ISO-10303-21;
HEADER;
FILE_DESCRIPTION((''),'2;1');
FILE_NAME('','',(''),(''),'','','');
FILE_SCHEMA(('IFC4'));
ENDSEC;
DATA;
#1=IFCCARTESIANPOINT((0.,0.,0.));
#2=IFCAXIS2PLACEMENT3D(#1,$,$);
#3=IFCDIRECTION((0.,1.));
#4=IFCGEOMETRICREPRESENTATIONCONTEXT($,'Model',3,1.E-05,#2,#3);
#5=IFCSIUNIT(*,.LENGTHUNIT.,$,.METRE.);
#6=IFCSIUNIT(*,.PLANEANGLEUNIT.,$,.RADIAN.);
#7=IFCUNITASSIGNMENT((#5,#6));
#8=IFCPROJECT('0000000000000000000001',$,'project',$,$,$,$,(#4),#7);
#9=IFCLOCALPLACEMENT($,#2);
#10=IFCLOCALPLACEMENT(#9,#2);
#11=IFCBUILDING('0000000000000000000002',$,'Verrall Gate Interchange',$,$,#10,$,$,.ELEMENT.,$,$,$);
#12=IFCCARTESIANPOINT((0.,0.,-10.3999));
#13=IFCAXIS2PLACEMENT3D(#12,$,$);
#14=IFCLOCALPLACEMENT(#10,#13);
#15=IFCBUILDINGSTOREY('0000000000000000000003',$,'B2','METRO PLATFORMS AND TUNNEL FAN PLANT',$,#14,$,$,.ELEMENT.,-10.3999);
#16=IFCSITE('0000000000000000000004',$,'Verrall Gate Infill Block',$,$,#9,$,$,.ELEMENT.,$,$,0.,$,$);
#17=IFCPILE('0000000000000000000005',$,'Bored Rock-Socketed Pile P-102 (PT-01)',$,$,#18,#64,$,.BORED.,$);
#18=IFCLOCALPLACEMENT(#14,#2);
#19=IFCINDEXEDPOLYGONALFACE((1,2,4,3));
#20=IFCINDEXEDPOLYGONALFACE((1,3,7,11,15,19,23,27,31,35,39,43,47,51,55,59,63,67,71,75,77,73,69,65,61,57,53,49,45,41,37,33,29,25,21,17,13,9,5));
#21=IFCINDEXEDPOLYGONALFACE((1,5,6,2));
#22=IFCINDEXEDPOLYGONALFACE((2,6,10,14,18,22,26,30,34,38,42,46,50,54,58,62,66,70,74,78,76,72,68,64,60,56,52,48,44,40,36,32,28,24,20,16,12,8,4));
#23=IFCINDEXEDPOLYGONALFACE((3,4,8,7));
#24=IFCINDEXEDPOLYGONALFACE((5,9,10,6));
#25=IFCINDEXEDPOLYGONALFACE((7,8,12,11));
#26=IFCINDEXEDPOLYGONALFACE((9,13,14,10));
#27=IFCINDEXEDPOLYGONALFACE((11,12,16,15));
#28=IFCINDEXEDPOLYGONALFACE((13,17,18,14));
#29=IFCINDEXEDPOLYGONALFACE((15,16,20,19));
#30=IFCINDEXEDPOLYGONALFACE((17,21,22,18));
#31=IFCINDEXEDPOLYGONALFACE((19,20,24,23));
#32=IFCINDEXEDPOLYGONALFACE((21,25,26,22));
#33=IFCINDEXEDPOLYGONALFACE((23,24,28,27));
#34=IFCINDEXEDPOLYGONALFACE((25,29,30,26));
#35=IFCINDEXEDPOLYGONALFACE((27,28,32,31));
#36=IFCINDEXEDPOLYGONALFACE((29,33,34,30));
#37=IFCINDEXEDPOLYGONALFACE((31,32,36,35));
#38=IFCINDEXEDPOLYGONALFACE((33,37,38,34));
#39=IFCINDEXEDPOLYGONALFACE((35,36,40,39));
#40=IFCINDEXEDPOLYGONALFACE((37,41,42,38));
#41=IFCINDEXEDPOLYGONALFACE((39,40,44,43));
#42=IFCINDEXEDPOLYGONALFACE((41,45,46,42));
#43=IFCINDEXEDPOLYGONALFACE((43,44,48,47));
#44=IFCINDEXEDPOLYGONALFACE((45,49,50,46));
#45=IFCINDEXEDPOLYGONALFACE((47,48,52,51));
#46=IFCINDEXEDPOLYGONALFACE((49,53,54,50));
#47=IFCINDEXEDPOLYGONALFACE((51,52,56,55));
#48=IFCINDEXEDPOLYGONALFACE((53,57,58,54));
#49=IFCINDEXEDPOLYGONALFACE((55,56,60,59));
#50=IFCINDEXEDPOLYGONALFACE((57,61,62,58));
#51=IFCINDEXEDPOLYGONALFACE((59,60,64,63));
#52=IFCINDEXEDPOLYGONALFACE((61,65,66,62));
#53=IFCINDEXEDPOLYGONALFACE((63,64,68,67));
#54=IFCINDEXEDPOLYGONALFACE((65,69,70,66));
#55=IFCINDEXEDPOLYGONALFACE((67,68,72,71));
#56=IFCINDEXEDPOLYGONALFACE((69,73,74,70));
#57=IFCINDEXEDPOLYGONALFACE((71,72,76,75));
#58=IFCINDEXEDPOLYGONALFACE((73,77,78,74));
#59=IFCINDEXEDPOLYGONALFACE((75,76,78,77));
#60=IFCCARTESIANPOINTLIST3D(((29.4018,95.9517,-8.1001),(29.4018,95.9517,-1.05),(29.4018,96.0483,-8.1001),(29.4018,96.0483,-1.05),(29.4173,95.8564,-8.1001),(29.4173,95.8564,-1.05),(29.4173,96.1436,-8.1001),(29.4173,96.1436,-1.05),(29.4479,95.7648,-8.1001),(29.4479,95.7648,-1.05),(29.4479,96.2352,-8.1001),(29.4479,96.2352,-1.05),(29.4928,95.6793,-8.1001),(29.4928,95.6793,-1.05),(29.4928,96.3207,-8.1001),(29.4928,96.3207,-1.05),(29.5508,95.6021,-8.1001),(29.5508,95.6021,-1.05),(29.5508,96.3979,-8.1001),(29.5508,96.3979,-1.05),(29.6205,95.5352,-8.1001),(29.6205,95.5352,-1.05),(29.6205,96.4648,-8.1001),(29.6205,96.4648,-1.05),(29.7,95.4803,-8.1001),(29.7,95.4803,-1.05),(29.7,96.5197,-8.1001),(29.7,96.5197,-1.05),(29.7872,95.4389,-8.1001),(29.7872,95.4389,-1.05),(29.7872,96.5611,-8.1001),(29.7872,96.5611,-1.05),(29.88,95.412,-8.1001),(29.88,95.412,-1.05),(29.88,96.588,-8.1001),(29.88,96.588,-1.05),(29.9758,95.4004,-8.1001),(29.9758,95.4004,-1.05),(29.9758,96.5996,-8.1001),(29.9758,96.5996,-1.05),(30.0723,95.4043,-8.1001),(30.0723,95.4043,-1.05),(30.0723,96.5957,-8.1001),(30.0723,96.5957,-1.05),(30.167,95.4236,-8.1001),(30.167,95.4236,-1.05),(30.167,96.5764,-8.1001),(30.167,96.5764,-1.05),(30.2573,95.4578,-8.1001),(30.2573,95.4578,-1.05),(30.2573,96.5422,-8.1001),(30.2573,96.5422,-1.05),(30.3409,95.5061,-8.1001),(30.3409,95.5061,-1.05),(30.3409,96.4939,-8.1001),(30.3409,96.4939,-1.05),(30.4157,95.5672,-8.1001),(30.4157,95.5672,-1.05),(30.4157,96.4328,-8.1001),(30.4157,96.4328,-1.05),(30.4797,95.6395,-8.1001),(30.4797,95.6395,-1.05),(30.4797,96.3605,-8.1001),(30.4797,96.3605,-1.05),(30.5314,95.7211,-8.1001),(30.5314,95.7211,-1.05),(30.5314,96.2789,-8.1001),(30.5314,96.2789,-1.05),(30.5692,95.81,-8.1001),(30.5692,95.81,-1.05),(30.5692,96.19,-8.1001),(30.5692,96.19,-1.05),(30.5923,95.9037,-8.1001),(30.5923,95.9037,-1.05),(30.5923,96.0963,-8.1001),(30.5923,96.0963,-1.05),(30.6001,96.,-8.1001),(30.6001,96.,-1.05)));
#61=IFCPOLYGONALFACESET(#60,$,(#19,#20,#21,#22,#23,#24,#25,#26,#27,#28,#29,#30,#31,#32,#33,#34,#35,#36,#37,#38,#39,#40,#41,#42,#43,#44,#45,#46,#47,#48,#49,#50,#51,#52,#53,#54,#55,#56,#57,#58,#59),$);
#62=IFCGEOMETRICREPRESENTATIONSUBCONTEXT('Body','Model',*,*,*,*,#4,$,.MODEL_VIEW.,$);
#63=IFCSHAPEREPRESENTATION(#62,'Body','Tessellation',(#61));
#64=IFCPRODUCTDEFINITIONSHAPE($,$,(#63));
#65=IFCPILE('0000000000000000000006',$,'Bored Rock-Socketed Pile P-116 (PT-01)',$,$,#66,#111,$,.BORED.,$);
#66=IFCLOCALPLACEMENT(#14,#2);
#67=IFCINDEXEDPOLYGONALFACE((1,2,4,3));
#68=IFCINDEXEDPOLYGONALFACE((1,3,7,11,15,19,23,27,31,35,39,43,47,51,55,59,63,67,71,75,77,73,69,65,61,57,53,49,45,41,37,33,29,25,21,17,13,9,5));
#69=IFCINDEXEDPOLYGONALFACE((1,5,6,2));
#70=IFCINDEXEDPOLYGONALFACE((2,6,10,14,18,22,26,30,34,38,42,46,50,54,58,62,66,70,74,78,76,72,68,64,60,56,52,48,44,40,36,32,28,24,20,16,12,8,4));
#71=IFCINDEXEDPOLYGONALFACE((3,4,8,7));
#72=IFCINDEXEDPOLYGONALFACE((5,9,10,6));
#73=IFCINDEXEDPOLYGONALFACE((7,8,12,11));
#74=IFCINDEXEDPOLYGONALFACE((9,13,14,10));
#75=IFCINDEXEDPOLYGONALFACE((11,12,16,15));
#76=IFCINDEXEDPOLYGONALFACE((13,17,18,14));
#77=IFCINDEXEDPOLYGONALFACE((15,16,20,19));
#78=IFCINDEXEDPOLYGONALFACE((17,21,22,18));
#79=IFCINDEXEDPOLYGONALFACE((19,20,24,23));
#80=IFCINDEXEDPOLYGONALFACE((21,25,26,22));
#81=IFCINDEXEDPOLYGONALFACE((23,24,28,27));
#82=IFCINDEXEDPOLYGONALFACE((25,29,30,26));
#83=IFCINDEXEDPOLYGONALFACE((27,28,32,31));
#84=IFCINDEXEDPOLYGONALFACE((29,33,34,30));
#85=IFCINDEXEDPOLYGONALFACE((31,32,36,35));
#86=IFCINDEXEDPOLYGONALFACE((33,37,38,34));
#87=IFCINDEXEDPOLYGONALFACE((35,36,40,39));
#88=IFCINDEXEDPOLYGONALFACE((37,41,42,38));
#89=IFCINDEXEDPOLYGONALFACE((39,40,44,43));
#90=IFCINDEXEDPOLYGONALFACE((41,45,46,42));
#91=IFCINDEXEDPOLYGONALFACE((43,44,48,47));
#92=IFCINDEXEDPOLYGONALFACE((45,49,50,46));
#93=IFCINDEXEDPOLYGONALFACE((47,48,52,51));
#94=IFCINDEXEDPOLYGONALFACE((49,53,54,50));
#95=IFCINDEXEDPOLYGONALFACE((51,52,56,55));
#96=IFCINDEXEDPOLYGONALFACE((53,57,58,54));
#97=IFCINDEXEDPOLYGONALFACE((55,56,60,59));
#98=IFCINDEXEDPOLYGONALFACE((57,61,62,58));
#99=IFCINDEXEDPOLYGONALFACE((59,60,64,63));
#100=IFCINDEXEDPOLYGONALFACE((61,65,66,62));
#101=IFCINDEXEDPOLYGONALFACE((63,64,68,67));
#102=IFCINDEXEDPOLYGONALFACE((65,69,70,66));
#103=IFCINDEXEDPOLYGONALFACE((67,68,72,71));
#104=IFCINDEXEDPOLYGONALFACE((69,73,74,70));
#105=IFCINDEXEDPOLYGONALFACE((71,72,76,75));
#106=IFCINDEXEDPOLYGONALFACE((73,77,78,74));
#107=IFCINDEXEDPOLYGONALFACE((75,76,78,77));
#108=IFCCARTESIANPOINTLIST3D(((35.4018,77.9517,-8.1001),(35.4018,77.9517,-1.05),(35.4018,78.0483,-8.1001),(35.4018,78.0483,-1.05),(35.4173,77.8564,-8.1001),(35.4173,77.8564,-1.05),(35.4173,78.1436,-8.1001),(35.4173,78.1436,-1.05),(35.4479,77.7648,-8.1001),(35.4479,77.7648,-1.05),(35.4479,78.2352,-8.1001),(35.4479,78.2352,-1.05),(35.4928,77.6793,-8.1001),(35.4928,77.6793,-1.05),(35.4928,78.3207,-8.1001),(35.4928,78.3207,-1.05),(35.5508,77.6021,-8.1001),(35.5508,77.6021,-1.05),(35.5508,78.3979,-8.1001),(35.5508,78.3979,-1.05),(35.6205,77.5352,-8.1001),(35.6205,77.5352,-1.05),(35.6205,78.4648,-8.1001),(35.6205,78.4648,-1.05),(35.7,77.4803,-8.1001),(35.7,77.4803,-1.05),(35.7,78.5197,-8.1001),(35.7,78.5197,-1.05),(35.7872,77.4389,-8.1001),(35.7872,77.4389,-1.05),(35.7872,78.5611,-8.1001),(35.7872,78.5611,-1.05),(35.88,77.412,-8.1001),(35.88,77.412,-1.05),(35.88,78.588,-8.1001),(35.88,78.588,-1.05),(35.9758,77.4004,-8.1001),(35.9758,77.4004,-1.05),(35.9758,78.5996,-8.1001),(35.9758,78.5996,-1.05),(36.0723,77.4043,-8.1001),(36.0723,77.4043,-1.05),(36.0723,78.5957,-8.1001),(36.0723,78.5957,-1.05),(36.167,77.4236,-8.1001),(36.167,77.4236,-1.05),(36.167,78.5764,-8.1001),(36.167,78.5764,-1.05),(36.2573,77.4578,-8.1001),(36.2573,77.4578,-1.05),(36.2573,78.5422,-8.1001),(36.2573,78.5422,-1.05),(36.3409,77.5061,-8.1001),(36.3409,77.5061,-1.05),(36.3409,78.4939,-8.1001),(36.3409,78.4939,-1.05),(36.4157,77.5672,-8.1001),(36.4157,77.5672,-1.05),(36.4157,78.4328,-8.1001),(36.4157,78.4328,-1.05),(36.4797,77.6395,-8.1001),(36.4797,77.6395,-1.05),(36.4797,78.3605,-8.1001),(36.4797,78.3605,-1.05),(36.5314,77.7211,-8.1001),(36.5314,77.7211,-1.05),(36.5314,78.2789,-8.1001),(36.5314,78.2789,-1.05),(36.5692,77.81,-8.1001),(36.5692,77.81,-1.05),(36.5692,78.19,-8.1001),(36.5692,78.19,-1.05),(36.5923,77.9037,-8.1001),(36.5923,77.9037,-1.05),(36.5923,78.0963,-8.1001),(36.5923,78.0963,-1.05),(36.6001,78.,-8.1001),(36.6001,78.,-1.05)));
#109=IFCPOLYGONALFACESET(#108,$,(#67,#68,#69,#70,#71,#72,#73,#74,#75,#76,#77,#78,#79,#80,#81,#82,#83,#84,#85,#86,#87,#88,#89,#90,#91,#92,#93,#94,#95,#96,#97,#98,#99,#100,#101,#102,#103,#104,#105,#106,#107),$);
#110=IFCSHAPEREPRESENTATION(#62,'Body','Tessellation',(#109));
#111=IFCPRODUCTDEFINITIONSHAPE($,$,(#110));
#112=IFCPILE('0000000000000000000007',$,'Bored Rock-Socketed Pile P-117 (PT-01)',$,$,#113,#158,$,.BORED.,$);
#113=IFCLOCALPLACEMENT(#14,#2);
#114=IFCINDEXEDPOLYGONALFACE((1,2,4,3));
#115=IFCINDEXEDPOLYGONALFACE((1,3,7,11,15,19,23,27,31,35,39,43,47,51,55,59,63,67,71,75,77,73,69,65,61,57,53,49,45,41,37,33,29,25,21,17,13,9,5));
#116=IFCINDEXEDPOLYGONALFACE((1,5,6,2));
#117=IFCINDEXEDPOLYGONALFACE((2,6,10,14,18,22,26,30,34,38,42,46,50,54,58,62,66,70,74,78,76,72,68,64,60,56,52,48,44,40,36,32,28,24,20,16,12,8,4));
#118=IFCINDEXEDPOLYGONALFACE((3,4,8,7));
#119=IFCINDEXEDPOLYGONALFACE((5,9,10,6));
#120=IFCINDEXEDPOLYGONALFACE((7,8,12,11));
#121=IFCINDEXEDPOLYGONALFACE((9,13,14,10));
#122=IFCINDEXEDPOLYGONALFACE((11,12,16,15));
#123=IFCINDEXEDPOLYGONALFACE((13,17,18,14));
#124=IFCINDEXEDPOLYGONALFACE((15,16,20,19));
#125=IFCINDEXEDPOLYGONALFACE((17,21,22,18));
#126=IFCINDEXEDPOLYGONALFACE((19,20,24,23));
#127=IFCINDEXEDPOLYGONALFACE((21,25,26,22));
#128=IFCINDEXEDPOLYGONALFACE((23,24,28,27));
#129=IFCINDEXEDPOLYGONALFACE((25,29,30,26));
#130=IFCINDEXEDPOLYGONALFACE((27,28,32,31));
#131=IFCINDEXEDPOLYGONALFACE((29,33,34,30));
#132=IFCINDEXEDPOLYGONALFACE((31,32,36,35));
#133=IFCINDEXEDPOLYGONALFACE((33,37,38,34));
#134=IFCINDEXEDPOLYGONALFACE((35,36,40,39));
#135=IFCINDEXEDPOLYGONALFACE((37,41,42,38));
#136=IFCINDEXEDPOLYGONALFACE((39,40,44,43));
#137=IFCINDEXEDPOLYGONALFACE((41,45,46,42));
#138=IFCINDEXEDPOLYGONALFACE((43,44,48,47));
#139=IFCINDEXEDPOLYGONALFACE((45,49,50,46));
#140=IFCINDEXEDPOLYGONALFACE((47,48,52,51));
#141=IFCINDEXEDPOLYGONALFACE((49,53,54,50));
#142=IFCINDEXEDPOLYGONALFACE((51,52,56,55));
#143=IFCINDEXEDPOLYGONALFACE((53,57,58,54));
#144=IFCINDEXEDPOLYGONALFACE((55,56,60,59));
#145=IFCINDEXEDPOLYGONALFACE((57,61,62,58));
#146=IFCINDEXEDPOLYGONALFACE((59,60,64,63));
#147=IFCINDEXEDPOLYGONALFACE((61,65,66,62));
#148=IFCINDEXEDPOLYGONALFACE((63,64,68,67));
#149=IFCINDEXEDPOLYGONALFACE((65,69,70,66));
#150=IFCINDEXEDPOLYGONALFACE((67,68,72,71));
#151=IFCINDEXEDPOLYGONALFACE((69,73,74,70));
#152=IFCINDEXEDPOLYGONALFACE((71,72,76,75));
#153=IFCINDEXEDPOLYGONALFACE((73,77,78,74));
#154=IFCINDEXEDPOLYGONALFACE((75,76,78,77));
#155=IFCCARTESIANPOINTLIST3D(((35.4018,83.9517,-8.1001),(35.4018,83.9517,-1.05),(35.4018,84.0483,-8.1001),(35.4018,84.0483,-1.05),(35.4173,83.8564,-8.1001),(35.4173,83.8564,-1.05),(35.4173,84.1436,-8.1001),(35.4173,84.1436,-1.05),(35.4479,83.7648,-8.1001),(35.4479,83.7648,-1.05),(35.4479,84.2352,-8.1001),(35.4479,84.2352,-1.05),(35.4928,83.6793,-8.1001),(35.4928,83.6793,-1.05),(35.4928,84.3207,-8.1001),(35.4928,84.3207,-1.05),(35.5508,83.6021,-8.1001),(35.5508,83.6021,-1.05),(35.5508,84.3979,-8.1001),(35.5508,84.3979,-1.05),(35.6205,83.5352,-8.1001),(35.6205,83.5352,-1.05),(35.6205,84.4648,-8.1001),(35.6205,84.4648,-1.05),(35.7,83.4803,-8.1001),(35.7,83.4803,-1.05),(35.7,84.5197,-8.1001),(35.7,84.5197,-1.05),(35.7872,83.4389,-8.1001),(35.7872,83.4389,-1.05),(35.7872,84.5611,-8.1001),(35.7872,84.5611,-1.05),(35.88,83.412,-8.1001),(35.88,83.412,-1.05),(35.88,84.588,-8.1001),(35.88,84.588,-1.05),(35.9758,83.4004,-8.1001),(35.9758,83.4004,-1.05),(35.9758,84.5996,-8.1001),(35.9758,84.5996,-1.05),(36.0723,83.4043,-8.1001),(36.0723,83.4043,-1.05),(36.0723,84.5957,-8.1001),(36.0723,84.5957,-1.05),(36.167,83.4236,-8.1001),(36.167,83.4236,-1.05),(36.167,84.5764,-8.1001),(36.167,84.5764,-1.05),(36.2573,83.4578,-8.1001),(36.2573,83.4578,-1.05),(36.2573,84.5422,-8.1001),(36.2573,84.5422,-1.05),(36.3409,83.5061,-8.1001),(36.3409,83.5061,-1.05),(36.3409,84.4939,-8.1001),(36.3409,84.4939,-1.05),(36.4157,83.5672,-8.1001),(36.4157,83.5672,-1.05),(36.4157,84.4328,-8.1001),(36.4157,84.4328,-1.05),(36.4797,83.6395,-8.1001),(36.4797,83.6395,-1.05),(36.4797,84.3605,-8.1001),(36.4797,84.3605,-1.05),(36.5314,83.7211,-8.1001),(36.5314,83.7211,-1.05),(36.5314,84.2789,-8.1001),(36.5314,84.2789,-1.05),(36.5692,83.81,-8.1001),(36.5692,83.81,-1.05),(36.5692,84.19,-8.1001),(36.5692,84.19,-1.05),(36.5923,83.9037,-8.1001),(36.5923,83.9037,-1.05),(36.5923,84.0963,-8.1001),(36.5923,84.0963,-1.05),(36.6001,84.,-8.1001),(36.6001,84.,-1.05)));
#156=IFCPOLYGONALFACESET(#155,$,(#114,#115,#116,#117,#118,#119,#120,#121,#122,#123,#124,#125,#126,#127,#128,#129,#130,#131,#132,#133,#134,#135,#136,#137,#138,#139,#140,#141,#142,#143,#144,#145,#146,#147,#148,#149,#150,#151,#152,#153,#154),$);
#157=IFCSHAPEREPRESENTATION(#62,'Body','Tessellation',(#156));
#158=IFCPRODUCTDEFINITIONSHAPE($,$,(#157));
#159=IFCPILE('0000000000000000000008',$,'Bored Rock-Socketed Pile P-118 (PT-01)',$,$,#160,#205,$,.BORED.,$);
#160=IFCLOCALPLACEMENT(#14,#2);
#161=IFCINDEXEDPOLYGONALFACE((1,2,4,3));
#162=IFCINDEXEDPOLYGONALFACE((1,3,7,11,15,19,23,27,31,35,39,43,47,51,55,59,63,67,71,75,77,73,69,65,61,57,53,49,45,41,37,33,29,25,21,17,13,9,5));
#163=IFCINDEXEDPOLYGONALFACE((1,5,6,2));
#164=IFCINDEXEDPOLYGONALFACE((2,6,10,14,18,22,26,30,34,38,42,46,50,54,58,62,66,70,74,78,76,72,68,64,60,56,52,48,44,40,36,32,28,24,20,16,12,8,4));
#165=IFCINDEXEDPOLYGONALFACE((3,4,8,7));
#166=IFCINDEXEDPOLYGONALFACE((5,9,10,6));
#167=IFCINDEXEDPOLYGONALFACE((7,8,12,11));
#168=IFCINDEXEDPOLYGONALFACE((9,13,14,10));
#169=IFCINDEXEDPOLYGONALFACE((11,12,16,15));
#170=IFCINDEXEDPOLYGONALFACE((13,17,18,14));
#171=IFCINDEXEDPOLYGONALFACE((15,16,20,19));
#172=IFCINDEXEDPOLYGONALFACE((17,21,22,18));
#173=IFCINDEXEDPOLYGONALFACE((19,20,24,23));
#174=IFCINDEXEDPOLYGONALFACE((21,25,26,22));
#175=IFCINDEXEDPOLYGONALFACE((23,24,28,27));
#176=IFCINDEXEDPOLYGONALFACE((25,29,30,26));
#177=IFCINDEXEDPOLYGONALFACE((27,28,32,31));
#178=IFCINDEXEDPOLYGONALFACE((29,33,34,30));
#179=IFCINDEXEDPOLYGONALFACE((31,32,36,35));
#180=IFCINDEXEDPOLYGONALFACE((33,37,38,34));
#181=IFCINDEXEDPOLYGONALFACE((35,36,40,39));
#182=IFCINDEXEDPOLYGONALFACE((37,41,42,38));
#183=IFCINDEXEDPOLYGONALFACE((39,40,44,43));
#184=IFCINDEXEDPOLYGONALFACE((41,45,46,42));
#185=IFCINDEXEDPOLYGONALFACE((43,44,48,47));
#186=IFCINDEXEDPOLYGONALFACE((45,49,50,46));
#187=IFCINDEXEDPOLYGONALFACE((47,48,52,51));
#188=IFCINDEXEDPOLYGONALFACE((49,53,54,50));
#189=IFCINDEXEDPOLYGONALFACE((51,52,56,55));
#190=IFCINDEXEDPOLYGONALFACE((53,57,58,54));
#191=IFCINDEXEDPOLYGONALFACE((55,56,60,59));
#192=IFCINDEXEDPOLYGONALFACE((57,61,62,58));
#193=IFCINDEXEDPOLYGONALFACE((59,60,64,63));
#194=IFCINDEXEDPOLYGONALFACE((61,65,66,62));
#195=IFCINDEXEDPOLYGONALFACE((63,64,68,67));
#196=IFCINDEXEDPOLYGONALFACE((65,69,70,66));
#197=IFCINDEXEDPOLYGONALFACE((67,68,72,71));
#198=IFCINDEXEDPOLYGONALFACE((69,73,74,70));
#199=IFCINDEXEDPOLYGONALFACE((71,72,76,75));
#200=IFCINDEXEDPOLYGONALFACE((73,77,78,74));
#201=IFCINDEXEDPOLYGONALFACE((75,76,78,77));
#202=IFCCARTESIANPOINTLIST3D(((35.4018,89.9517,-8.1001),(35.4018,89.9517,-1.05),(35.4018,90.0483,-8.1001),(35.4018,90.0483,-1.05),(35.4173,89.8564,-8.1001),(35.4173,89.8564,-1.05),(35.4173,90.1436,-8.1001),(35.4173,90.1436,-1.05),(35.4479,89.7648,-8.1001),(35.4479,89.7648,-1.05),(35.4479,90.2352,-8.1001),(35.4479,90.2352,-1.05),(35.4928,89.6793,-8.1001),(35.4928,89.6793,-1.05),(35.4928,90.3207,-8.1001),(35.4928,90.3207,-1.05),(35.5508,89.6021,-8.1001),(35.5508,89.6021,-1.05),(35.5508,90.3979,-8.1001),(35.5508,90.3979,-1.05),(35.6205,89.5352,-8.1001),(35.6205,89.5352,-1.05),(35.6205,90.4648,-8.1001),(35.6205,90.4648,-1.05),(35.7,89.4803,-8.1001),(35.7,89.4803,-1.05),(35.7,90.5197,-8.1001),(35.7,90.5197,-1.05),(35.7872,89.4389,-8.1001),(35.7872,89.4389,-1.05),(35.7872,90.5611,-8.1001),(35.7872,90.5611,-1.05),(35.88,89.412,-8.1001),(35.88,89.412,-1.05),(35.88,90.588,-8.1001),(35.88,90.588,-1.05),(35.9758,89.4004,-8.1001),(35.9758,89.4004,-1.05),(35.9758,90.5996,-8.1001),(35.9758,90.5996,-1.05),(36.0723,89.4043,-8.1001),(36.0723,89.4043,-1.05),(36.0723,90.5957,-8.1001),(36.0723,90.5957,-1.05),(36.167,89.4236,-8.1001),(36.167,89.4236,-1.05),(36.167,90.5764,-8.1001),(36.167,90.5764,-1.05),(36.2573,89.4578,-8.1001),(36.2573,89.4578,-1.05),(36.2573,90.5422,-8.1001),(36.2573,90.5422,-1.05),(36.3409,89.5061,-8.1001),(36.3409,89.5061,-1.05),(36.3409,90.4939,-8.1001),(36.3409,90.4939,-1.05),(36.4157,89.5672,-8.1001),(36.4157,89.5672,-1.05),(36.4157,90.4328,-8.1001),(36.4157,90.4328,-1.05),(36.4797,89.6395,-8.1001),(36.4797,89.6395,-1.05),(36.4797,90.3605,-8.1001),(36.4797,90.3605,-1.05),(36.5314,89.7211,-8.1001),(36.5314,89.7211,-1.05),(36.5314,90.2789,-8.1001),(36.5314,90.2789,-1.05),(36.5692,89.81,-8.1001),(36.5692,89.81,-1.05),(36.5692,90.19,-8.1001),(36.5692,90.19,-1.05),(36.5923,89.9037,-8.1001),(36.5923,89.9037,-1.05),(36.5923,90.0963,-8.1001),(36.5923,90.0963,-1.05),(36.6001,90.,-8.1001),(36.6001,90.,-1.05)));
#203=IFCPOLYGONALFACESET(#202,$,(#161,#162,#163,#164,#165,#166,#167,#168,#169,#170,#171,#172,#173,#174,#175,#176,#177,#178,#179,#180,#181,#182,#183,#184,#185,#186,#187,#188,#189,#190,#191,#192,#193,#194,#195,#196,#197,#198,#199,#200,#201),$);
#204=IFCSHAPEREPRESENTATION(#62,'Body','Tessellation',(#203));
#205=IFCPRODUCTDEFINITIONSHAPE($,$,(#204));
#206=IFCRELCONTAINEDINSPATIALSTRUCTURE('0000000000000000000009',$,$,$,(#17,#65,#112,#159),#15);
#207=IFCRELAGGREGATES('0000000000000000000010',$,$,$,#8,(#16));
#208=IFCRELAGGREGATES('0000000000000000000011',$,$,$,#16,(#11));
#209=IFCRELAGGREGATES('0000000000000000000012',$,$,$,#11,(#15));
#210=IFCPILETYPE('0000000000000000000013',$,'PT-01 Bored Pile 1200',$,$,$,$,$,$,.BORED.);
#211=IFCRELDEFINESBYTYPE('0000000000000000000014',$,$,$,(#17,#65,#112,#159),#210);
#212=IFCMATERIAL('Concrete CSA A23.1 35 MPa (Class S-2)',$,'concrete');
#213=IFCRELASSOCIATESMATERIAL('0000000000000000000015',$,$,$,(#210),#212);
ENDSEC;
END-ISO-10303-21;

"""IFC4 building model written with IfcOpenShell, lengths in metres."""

from ifc_helpers import new_model, si_unit, direction, frame, origin, origin_2d, place, context, subcontext, project, spatial, circle, extrude, material, material_profile, profile_set, type_object, element, save


model = new_model("IFC4")

# Units and contexts
model_context = context("Model", 3, precision=1e-05, world=origin(), true_north=direction((0.0, 1.0)))
body_context = subcontext(model_context, "Body", "Model", "MODEL_VIEW")
ifc_project = project(units=[si_unit("LENGTHUNIT", "METRE"), si_unit("PLANEANGLEUNIT", "RADIAN")], contexts=[model_context])

# Site, building, storey
site_placement = place(None, origin())
site = spatial("IfcSite", under=ifc_project, at=site_placement, Name="Verrall Gate Infill Block", CompositionType="ELEMENT", RefElevation=0.0)
building_placement = place(site_placement, origin())
building = spatial("IfcBuilding", under=site, at=building_placement, Name="Verrall Gate Interchange", CompositionType="ELEMENT")
storey_placement = place(building_placement, frame((0.0, 0.0, -10.3999)))
storey = spatial("IfcBuildingStorey", under=building, at=storey_placement, Name="B2", Description="METRO PLATFORMS AND TUNNEL FAN PLANT", CompositionType="ELEMENT", Elevation=-10.3999)

# Piles
ifc_material_1 = material(Name="Concrete CSA A23.1 35 MPa (Class S-2)", Category="concrete")
ifc_material_profile_1 = material_profile(ifc_material_1, circle(Radius=0.6001, at=origin_2d()), Name="PILE1200D")
ifc_profile_set_1 = profile_set([ifc_material_profile_1], Name="Concrete CSA A23.1 35 MPa (Class S-2)")
pile_type = type_object("IfcPileType", Name="PT-01 Bored Pile 1200", PredefinedType="BORED", material=ifc_profile_set_1)
for number, where, z_axis, x_axis, name in (
    (1, (30.0, 96.0, -1.05), (0.0, 0.0, -1.0), (1.0, 0.0, 0.0), "Bored Rock-Socketed Pile P-102 (PT-01)"),
    (2, (36.0, 78.0, -1.05), (0.0, 0.0, -1.0), (1.0, 0.0, 0.0), "Bored Rock-Socketed Pile P-116 (PT-01)"),
    (3, (36.0, 84.0, -1.05), (0.0, 0.0, -1.0), (1.0, 0.0, 0.0), "Bored Rock-Socketed Pile P-117 (PT-01)"),
    (4, (36.0, 90.0, -1.05), (0.0, 0.0, -1.0), (1.0, 0.0, 0.0), "Bored Rock-Socketed Pile P-118 (PT-01)"),
):
    element("IfcPile", number, at=place(storey_placement, frame(where, z_axis=z_axis, x_axis=x_axis)), inside=storey, type_object=pile_type, Name=name, PredefinedType="BORED", context=body_context, shape_type="SweptSolid", body=[
        extrude(circle(Radius=0.6001, at=origin_2d()), origin(), (0.0, 0.0, 1.0), 7.05),
    ])

save(model, "model.ifc")
